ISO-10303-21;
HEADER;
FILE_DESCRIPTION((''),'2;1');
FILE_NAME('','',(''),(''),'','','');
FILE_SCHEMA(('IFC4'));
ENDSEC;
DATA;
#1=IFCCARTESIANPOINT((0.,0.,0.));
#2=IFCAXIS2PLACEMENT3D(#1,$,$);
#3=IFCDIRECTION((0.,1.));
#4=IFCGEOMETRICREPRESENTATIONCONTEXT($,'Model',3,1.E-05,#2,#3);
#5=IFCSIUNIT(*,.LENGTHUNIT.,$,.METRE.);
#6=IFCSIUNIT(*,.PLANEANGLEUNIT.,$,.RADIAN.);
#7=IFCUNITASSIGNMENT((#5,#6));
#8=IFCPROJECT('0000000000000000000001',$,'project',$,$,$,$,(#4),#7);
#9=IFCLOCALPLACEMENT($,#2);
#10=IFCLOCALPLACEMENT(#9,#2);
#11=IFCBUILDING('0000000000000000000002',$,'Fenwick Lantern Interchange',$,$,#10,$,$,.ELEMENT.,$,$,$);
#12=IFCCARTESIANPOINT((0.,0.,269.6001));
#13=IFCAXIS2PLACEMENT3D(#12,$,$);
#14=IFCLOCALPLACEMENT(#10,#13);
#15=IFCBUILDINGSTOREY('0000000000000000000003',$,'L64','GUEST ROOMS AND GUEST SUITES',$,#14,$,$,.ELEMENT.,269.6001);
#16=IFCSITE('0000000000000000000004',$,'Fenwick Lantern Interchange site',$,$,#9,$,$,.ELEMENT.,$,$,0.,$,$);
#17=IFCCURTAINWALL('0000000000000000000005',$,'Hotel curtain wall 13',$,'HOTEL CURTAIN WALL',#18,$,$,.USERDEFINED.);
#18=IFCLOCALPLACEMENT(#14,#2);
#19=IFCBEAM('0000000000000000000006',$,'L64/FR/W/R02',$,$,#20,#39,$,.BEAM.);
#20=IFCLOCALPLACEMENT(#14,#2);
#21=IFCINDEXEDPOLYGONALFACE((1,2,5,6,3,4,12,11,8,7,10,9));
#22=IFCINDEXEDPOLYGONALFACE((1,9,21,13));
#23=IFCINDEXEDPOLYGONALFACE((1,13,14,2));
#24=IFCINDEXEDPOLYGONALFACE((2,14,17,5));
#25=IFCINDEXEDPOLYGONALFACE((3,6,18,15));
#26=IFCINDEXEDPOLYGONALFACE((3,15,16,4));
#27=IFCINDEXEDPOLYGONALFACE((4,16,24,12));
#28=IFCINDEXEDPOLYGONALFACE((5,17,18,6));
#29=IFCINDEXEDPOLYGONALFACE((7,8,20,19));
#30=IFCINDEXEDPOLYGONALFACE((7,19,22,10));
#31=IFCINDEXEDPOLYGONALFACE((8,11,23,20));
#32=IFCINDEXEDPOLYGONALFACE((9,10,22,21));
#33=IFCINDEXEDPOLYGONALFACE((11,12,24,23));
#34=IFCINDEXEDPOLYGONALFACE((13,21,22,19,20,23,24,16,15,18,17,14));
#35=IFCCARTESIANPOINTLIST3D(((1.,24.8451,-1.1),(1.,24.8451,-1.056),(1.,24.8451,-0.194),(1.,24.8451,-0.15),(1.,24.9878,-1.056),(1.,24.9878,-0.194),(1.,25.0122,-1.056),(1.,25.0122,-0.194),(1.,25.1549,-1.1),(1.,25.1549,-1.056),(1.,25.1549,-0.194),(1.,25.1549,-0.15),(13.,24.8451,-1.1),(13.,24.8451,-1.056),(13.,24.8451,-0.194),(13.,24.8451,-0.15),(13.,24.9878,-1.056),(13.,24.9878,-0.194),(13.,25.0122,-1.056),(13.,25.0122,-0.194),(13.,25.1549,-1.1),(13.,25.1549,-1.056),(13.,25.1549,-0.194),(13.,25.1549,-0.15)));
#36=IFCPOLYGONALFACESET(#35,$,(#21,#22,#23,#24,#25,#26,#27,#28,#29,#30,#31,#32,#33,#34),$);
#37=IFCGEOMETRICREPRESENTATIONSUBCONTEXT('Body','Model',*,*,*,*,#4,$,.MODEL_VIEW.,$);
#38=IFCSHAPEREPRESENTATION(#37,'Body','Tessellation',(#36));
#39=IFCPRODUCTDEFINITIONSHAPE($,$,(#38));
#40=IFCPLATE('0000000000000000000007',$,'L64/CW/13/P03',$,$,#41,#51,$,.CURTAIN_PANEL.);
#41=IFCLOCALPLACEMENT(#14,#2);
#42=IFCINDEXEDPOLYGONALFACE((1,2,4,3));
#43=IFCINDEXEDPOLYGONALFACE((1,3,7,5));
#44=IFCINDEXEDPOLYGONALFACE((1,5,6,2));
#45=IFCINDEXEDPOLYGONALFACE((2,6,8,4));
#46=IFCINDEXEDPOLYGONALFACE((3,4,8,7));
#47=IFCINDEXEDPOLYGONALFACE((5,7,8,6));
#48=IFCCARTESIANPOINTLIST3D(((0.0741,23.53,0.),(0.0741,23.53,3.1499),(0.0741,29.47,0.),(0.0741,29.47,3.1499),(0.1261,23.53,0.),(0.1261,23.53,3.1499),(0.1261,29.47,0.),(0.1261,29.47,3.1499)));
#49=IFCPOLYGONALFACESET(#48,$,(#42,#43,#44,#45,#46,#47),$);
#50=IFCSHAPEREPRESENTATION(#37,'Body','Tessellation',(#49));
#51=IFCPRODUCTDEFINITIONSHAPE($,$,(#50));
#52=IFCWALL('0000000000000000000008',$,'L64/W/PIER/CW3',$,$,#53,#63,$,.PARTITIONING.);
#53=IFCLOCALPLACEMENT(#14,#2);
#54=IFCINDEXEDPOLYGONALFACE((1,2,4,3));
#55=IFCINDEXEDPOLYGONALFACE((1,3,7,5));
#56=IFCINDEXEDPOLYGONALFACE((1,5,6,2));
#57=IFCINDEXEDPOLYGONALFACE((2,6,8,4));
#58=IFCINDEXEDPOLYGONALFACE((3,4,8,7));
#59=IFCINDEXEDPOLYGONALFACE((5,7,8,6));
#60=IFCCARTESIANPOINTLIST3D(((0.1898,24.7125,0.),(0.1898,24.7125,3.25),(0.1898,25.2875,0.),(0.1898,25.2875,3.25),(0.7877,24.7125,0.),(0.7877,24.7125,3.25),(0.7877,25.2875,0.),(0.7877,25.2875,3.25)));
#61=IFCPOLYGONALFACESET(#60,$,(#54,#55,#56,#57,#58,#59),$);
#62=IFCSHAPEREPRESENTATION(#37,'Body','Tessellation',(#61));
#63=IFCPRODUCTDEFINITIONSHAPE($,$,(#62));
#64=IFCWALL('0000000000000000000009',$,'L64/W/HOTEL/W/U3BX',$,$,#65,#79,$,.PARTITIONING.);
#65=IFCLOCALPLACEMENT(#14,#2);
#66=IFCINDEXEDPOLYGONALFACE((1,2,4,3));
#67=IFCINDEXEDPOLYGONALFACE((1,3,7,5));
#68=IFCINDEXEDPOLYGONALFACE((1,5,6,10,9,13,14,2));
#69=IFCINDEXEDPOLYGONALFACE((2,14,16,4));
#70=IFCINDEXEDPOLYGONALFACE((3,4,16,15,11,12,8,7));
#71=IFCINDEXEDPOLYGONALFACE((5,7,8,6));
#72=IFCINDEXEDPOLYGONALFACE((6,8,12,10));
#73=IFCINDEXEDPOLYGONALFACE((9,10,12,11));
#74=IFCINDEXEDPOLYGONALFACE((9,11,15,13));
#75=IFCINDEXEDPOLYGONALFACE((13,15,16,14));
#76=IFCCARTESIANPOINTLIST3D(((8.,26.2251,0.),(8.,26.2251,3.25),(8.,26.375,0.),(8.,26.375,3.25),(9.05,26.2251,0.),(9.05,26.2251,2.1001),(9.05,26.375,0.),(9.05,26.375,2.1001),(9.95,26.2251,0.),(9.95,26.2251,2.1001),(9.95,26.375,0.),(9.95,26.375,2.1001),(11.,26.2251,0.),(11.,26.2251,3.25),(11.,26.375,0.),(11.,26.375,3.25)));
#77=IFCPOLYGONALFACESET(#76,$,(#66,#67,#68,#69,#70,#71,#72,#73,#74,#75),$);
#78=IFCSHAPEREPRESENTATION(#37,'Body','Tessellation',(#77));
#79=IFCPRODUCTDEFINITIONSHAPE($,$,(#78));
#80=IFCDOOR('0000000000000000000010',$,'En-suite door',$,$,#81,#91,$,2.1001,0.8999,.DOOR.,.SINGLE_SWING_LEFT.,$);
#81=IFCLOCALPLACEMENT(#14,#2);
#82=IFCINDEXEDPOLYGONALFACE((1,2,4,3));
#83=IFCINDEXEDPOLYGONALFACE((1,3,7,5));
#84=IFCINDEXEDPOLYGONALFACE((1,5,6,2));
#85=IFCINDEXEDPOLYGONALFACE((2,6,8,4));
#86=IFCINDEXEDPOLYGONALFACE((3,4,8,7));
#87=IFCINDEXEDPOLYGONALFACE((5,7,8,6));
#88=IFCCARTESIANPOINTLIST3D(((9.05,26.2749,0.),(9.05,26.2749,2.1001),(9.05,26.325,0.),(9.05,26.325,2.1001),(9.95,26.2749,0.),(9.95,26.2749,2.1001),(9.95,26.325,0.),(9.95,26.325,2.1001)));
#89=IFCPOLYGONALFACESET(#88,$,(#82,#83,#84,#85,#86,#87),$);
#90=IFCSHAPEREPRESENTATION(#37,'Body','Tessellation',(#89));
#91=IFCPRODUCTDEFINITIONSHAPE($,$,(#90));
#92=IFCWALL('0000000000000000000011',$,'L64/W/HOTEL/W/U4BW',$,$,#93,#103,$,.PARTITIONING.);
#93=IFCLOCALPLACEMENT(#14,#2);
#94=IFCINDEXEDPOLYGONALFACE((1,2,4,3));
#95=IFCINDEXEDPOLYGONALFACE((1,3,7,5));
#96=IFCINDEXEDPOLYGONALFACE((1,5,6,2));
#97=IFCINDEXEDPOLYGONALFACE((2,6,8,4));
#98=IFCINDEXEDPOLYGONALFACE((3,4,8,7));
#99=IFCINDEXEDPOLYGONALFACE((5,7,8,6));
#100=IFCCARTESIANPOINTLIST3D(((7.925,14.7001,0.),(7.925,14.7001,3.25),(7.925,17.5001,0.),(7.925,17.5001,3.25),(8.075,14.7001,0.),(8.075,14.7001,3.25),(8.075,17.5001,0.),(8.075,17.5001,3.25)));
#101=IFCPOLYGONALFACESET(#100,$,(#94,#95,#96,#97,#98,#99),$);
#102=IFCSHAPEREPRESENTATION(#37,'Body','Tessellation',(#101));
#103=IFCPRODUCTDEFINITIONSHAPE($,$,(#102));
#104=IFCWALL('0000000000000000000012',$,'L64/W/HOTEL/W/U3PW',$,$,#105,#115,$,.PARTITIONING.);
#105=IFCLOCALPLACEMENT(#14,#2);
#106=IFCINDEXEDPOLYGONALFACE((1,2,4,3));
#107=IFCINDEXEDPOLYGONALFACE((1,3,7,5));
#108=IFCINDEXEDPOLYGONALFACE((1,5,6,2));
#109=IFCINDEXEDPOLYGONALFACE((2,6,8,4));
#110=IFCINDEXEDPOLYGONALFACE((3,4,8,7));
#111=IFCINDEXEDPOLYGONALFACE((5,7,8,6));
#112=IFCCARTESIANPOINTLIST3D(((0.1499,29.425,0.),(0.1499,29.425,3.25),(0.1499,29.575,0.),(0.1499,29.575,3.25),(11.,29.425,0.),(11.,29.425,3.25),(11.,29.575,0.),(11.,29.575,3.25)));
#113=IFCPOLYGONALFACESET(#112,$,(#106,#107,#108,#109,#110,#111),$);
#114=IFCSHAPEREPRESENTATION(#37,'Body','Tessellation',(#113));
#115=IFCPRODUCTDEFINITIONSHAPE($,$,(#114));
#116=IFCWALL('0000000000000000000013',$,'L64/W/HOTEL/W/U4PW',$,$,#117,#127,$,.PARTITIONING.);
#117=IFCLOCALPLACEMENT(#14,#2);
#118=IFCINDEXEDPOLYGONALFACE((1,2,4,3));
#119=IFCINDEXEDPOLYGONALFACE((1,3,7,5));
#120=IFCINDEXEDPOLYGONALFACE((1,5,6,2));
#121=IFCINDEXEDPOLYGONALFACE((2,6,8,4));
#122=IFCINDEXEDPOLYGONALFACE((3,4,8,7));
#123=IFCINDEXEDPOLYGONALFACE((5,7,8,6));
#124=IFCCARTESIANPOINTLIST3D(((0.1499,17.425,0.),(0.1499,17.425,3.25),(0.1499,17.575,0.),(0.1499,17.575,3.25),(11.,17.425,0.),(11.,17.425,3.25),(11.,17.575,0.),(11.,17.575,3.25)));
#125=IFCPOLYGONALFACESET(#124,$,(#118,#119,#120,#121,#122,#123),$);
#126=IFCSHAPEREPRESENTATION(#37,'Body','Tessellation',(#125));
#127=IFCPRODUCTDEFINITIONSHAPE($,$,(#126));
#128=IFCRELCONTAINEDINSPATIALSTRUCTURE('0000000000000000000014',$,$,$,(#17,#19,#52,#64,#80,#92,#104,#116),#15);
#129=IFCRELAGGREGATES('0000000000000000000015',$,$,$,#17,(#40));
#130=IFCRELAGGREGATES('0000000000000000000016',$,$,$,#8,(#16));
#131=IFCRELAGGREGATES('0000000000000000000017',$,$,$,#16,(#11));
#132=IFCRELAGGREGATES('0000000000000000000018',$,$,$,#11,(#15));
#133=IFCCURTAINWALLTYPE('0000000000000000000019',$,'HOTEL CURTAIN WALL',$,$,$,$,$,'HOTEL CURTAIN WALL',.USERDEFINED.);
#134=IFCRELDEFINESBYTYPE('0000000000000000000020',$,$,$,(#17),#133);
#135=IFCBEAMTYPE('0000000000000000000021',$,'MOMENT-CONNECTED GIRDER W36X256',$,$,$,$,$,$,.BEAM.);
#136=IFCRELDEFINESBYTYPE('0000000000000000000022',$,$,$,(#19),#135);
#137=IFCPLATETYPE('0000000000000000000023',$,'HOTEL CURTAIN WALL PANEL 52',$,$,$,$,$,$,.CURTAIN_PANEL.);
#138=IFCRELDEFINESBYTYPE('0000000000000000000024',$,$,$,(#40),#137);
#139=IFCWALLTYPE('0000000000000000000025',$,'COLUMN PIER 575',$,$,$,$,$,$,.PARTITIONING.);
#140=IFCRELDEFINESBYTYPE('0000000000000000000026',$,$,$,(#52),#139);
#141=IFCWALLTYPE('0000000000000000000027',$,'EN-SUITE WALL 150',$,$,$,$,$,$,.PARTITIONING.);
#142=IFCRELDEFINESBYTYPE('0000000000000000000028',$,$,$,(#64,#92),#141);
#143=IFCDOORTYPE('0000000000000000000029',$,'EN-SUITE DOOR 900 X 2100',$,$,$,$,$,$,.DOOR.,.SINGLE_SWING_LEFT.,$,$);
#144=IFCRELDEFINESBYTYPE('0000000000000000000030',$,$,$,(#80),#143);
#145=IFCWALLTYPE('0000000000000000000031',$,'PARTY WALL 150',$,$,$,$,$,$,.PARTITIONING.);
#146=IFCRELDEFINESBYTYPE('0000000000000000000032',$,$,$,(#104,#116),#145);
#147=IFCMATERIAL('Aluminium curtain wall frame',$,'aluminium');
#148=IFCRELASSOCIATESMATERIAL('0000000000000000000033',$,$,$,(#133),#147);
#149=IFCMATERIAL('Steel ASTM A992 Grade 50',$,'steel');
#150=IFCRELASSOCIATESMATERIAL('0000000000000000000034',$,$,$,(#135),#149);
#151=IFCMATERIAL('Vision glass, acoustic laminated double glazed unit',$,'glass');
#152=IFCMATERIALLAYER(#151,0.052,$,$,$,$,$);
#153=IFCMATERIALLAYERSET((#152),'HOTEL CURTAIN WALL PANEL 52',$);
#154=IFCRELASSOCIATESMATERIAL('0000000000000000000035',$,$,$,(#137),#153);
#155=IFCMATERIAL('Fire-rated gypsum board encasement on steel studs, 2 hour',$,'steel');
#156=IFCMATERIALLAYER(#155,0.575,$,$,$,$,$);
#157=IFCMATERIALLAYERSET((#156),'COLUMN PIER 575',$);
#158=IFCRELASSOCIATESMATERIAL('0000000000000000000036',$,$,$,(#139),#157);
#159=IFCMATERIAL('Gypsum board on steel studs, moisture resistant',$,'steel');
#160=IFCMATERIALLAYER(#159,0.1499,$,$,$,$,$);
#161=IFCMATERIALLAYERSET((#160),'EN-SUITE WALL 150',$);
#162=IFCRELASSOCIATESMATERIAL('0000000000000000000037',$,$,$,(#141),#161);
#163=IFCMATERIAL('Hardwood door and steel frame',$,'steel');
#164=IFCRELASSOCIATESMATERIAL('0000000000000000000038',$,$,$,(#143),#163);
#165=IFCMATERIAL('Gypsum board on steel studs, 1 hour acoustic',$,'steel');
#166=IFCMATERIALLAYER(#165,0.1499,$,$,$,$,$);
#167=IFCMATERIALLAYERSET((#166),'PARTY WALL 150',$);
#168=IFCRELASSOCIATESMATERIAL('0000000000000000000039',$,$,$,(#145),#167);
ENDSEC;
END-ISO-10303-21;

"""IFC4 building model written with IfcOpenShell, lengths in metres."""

from ifc_helpers import new_model, si_unit, direction, frame, frame_2d, origin, origin_2d, place, context, subcontext, project, spatial, rectangle, i_section, extrude, material, layer, layer_set, material_profile, profile_set, type_object, element, fill, aggregate, save


model = new_model("IFC4")

# Units and contexts
model_context = context("Model", 3, precision=1e-05, world=origin(), true_north=direction((0.0, 1.0)))
body_context = subcontext(model_context, "Body", "Model", "MODEL_VIEW")
ifc_project = project(units=[si_unit("LENGTHUNIT", "METRE"), si_unit("PLANEANGLEUNIT", "RADIAN")], contexts=[model_context])

# Site, building, storey
site_placement = place(None, origin())
site = spatial("IfcSite", under=ifc_project, at=site_placement, Name="Fenwick Lantern Interchange site", CompositionType="ELEMENT", RefElevation=0.0)
building_placement = place(site_placement, origin())
building = spatial("IfcBuilding", under=site, at=building_placement, Name="Fenwick Lantern Interchange", CompositionType="ELEMENT")
storey_placement = place(building_placement, frame((0.0, 0.0, 269.6001)))
storey = spatial("IfcBuildingStorey", under=building, at=storey_placement, Name="L64", Description="GUEST ROOMS AND GUEST SUITES", CompositionType="ELEMENT", Elevation=269.6001)

# Shared definitions
ifc_material_1 = material(Name="Steel ASTM A992 Grade 50", Category="steel")

# Curtain wall
ifc_material_2 = material(Name="Aluminium curtain wall frame", Category="aluminium")
curtain_wall_type = type_object("IfcCurtainWallType", Name="HOTEL CURTAIN WALL", ElementType="HOTEL CURTAIN WALL", PredefinedType="USERDEFINED", material=ifc_material_2)
curtain_wall_placement = place(storey_placement, origin())
curtain_wall = element("IfcCurtainWall", 1, at=curtain_wall_placement, inside=storey, type_object=curtain_wall_type, Name="Hotel curtain wall 13", ObjectType="HOTEL CURTAIN WALL", PredefinedType="USERDEFINED")

# Beam
ifc_material_profile_1 = material_profile(ifc_material_1, i_section(OverallWidth=0.3098, OverallDepth=0.95, WebThickness=0.0244, FlangeThickness=0.0439, at=origin_2d()), Name="W36X256")
ifc_profile_set_1 = profile_set([ifc_material_profile_1], Name="Steel ASTM A992 Grade 50")
beam_type_1 = type_object("IfcBeamType", Name="MOMENT-CONNECTED GIRDER W36X256", PredefinedType="BEAM", material=ifc_profile_set_1)
beam_1_placement = place(storey_placement, frame((1.0, 25.0, -0.625), z_axis=(1.0, 0.0, 0.0), x_axis=(0.0, 1.0, 0.0)))
element("IfcBeam", 2, at=beam_1_placement, inside=storey, type_object=beam_type_1, Name="L64/FR/W/R02", PredefinedType="BEAM", context=body_context, shape_type="SweptSolid", body=[
    extrude(i_section(OverallWidth=0.3098, OverallDepth=0.95, WebThickness=0.0244, FlangeThickness=0.0439, at=origin_2d()), origin(), (0.0, 0.0, 1.0), 12.0),
])

# Plate
ifc_material_3 = material(Name="Vision glass, acoustic laminated double glazed unit", Category="glass")
ifc_layer_1 = layer(ifc_material_3, 0.052)
ifc_layer_set_1 = layer_set([ifc_layer_1], Name="HOTEL CURTAIN WALL PANEL 52")
plate_type = type_object("IfcPlateType", Name="HOTEL CURTAIN WALL PANEL 52", PredefinedType="CURTAIN_PANEL", material=ifc_layer_set_1)
plate_placement = place(storey_placement, frame((0.1001, 26.5, 0.0), z_axis=(0.0, 0.0, 1.0), x_axis=(0.0, -1.0, 0.0)))
plate = element("IfcPlate", 3, at=plate_placement, type_object=plate_type, Name="L64/CW/13/P03", PredefinedType="CURTAIN_PANEL", context=body_context, shape_type="SweptSolid", body=[
    extrude(rectangle(XDim=5.9399, YDim=0.052, at=origin_2d()), origin(), (0.0, 0.0, 1.0), 3.1499),
])
aggregate(curtain_wall, [plate])

# Wall
ifc_material_4 = material(Name="Fire-rated gypsum board encasement on steel studs, 2 hour", Category="steel")
ifc_layer_2 = layer(ifc_material_4, 0.575)
ifc_layer_set_2 = layer_set([ifc_layer_2], Name="COLUMN PIER 575")
wall_type_1 = type_object("IfcWallType", Name="COLUMN PIER 575", PredefinedType="PARTITIONING", material=ifc_layer_set_2)
wall_1_placement = place(storey_placement, frame((0.1899, 25.0, 0.0), z_axis=(0.0, 0.0, 1.0), x_axis=(1.0, 0.0, 0.0)))
element("IfcWall", 4, at=wall_1_placement, inside=storey, type_object=wall_type_1, Name="L64/W/PIER/CW3", PredefinedType="PARTITIONING", context=body_context, shape_type="SweptSolid", body=[
    extrude(rectangle(XDim=0.5979, YDim=0.575, at=frame_2d((0.2988, 0.0))), origin(), (0.0, 0.0, 1.0), 3.25),
])

# Wall, opening, door
ifc_material_5 = material(Name="Gypsum board on steel studs, moisture resistant", Category="steel")
ifc_layer_3 = layer(ifc_material_5, 0.1499)
ifc_layer_set_3 = layer_set([ifc_layer_3], Name="EN-SUITE WALL 150")
wall_type_2 = type_object("IfcWallType", Name="EN-SUITE WALL 150", PredefinedType="PARTITIONING", material=ifc_layer_set_3)
wall_2_placement = place(storey_placement, frame((8.0, 26.3, 0.0), z_axis=(0.0, 0.0, 1.0), x_axis=(1.0, 0.0, 0.0)))
wall_2 = element("IfcWall", 5, at=wall_2_placement, inside=storey, type_object=wall_type_2, Name="L64/W/HOTEL/W/U3BX", PredefinedType="PARTITIONING", context=body_context, shape_type="SweptSolid", body=[
    extrude(rectangle(XDim=3.0, YDim=0.1499, at=frame_2d((1.5, 0.0))), origin(), (0.0, 0.0, 1.0), 3.25),
])
opening_placement = place(wall_2_placement, frame((1.05, 0.0, 0.0)))
opening = element("IfcOpeningElement", 6, at=opening_placement, cuts=wall_2, PredefinedType="OPENING", context=body_context, shape_type="SweptSolid", body=[
    extrude(rectangle(XDim=0.8999, YDim=2.1001, at=frame_2d((0.45, 1.05))), frame((0.0, 0.085, 0.0), z_axis=(0.0, -1.0, 0.0), x_axis=(1.0, 0.0, 0.0)), (0.0, 0.0, 1.0), 0.1699),
])
ifc_material_6 = material(Name="Hardwood door and steel frame", Category="steel")
door_type = type_object("IfcDoorType", Name="EN-SUITE DOOR 900 X 2100", OperationType="SINGLE_SWING_LEFT", PredefinedType="DOOR", material=ifc_material_6)
door_placement = place(opening_placement, origin())
door = element("IfcDoor", 7, at=door_placement, inside=storey, type_object=door_type, Name="En-suite door", OperationType="SINGLE_SWING_LEFT", OverallHeight=2.1001, OverallWidth=0.8999, PredefinedType="DOOR", context=body_context, shape_type="SweptSolid", body=[
    extrude(rectangle(XDim=0.8999, YDim=2.1001, at=frame_2d((0.45, 1.05))), frame((0.0, 0.0249, 0.0), z_axis=(0.0, -1.0, 0.0), x_axis=(1.0, 0.0, 0.0)), (0.0, 0.0, 1.0), 0.05),
])
fill(opening, door)

# Walls
wall_3_placement = place(storey_placement, frame((8.0, 17.5, 0.0), z_axis=(0.0, 0.0, 1.0), x_axis=(0.0, -1.0, 0.0)))
element("IfcWall", 8, at=wall_3_placement, inside=storey, type_object=wall_type_2, Name="L64/W/HOTEL/W/U4BW", PredefinedType="PARTITIONING", context=body_context, shape_type="SweptSolid", body=[
    extrude(rectangle(XDim=2.8, YDim=0.1499, at=frame_2d((1.3999, 0.0))), origin(), (0.0, 0.0, 1.0), 3.25),
])
ifc_material_7 = material(Name="Gypsum board on steel studs, 1 hour acoustic", Category="steel")
ifc_layer_4 = layer(ifc_material_7, 0.1499)
ifc_layer_set_4 = layer_set([ifc_layer_4], Name="PARTY WALL 150")
wall_type_3 = type_object("IfcWallType", Name="PARTY WALL 150", PredefinedType="PARTITIONING", material=ifc_layer_set_4)
for number, where, z_axis, x_axis, name in (
    (9, (0.1499, 29.5, 0.0), (0.0, 0.0, 1.0), (1.0, 0.0, 0.0), "L64/W/HOTEL/W/U3PW"),
    (10, (0.1499, 17.5, 0.0), (0.0, 0.0, 1.0), (1.0, 0.0, 0.0), "L64/W/HOTEL/W/U4PW"),
):
    element("IfcWall", number, at=place(storey_placement, frame(where, z_axis=z_axis, x_axis=x_axis)), inside=storey, type_object=wall_type_3, Name=name, PredefinedType="PARTITIONING", context=body_context, shape_type="SweptSolid", body=[
        extrude(rectangle(XDim=10.8501, YDim=0.1499, at=frame_2d((5.425, 0.0))), origin(), (0.0, 0.0, 1.0), 3.25),
    ])

save(model, "model.ifc")
